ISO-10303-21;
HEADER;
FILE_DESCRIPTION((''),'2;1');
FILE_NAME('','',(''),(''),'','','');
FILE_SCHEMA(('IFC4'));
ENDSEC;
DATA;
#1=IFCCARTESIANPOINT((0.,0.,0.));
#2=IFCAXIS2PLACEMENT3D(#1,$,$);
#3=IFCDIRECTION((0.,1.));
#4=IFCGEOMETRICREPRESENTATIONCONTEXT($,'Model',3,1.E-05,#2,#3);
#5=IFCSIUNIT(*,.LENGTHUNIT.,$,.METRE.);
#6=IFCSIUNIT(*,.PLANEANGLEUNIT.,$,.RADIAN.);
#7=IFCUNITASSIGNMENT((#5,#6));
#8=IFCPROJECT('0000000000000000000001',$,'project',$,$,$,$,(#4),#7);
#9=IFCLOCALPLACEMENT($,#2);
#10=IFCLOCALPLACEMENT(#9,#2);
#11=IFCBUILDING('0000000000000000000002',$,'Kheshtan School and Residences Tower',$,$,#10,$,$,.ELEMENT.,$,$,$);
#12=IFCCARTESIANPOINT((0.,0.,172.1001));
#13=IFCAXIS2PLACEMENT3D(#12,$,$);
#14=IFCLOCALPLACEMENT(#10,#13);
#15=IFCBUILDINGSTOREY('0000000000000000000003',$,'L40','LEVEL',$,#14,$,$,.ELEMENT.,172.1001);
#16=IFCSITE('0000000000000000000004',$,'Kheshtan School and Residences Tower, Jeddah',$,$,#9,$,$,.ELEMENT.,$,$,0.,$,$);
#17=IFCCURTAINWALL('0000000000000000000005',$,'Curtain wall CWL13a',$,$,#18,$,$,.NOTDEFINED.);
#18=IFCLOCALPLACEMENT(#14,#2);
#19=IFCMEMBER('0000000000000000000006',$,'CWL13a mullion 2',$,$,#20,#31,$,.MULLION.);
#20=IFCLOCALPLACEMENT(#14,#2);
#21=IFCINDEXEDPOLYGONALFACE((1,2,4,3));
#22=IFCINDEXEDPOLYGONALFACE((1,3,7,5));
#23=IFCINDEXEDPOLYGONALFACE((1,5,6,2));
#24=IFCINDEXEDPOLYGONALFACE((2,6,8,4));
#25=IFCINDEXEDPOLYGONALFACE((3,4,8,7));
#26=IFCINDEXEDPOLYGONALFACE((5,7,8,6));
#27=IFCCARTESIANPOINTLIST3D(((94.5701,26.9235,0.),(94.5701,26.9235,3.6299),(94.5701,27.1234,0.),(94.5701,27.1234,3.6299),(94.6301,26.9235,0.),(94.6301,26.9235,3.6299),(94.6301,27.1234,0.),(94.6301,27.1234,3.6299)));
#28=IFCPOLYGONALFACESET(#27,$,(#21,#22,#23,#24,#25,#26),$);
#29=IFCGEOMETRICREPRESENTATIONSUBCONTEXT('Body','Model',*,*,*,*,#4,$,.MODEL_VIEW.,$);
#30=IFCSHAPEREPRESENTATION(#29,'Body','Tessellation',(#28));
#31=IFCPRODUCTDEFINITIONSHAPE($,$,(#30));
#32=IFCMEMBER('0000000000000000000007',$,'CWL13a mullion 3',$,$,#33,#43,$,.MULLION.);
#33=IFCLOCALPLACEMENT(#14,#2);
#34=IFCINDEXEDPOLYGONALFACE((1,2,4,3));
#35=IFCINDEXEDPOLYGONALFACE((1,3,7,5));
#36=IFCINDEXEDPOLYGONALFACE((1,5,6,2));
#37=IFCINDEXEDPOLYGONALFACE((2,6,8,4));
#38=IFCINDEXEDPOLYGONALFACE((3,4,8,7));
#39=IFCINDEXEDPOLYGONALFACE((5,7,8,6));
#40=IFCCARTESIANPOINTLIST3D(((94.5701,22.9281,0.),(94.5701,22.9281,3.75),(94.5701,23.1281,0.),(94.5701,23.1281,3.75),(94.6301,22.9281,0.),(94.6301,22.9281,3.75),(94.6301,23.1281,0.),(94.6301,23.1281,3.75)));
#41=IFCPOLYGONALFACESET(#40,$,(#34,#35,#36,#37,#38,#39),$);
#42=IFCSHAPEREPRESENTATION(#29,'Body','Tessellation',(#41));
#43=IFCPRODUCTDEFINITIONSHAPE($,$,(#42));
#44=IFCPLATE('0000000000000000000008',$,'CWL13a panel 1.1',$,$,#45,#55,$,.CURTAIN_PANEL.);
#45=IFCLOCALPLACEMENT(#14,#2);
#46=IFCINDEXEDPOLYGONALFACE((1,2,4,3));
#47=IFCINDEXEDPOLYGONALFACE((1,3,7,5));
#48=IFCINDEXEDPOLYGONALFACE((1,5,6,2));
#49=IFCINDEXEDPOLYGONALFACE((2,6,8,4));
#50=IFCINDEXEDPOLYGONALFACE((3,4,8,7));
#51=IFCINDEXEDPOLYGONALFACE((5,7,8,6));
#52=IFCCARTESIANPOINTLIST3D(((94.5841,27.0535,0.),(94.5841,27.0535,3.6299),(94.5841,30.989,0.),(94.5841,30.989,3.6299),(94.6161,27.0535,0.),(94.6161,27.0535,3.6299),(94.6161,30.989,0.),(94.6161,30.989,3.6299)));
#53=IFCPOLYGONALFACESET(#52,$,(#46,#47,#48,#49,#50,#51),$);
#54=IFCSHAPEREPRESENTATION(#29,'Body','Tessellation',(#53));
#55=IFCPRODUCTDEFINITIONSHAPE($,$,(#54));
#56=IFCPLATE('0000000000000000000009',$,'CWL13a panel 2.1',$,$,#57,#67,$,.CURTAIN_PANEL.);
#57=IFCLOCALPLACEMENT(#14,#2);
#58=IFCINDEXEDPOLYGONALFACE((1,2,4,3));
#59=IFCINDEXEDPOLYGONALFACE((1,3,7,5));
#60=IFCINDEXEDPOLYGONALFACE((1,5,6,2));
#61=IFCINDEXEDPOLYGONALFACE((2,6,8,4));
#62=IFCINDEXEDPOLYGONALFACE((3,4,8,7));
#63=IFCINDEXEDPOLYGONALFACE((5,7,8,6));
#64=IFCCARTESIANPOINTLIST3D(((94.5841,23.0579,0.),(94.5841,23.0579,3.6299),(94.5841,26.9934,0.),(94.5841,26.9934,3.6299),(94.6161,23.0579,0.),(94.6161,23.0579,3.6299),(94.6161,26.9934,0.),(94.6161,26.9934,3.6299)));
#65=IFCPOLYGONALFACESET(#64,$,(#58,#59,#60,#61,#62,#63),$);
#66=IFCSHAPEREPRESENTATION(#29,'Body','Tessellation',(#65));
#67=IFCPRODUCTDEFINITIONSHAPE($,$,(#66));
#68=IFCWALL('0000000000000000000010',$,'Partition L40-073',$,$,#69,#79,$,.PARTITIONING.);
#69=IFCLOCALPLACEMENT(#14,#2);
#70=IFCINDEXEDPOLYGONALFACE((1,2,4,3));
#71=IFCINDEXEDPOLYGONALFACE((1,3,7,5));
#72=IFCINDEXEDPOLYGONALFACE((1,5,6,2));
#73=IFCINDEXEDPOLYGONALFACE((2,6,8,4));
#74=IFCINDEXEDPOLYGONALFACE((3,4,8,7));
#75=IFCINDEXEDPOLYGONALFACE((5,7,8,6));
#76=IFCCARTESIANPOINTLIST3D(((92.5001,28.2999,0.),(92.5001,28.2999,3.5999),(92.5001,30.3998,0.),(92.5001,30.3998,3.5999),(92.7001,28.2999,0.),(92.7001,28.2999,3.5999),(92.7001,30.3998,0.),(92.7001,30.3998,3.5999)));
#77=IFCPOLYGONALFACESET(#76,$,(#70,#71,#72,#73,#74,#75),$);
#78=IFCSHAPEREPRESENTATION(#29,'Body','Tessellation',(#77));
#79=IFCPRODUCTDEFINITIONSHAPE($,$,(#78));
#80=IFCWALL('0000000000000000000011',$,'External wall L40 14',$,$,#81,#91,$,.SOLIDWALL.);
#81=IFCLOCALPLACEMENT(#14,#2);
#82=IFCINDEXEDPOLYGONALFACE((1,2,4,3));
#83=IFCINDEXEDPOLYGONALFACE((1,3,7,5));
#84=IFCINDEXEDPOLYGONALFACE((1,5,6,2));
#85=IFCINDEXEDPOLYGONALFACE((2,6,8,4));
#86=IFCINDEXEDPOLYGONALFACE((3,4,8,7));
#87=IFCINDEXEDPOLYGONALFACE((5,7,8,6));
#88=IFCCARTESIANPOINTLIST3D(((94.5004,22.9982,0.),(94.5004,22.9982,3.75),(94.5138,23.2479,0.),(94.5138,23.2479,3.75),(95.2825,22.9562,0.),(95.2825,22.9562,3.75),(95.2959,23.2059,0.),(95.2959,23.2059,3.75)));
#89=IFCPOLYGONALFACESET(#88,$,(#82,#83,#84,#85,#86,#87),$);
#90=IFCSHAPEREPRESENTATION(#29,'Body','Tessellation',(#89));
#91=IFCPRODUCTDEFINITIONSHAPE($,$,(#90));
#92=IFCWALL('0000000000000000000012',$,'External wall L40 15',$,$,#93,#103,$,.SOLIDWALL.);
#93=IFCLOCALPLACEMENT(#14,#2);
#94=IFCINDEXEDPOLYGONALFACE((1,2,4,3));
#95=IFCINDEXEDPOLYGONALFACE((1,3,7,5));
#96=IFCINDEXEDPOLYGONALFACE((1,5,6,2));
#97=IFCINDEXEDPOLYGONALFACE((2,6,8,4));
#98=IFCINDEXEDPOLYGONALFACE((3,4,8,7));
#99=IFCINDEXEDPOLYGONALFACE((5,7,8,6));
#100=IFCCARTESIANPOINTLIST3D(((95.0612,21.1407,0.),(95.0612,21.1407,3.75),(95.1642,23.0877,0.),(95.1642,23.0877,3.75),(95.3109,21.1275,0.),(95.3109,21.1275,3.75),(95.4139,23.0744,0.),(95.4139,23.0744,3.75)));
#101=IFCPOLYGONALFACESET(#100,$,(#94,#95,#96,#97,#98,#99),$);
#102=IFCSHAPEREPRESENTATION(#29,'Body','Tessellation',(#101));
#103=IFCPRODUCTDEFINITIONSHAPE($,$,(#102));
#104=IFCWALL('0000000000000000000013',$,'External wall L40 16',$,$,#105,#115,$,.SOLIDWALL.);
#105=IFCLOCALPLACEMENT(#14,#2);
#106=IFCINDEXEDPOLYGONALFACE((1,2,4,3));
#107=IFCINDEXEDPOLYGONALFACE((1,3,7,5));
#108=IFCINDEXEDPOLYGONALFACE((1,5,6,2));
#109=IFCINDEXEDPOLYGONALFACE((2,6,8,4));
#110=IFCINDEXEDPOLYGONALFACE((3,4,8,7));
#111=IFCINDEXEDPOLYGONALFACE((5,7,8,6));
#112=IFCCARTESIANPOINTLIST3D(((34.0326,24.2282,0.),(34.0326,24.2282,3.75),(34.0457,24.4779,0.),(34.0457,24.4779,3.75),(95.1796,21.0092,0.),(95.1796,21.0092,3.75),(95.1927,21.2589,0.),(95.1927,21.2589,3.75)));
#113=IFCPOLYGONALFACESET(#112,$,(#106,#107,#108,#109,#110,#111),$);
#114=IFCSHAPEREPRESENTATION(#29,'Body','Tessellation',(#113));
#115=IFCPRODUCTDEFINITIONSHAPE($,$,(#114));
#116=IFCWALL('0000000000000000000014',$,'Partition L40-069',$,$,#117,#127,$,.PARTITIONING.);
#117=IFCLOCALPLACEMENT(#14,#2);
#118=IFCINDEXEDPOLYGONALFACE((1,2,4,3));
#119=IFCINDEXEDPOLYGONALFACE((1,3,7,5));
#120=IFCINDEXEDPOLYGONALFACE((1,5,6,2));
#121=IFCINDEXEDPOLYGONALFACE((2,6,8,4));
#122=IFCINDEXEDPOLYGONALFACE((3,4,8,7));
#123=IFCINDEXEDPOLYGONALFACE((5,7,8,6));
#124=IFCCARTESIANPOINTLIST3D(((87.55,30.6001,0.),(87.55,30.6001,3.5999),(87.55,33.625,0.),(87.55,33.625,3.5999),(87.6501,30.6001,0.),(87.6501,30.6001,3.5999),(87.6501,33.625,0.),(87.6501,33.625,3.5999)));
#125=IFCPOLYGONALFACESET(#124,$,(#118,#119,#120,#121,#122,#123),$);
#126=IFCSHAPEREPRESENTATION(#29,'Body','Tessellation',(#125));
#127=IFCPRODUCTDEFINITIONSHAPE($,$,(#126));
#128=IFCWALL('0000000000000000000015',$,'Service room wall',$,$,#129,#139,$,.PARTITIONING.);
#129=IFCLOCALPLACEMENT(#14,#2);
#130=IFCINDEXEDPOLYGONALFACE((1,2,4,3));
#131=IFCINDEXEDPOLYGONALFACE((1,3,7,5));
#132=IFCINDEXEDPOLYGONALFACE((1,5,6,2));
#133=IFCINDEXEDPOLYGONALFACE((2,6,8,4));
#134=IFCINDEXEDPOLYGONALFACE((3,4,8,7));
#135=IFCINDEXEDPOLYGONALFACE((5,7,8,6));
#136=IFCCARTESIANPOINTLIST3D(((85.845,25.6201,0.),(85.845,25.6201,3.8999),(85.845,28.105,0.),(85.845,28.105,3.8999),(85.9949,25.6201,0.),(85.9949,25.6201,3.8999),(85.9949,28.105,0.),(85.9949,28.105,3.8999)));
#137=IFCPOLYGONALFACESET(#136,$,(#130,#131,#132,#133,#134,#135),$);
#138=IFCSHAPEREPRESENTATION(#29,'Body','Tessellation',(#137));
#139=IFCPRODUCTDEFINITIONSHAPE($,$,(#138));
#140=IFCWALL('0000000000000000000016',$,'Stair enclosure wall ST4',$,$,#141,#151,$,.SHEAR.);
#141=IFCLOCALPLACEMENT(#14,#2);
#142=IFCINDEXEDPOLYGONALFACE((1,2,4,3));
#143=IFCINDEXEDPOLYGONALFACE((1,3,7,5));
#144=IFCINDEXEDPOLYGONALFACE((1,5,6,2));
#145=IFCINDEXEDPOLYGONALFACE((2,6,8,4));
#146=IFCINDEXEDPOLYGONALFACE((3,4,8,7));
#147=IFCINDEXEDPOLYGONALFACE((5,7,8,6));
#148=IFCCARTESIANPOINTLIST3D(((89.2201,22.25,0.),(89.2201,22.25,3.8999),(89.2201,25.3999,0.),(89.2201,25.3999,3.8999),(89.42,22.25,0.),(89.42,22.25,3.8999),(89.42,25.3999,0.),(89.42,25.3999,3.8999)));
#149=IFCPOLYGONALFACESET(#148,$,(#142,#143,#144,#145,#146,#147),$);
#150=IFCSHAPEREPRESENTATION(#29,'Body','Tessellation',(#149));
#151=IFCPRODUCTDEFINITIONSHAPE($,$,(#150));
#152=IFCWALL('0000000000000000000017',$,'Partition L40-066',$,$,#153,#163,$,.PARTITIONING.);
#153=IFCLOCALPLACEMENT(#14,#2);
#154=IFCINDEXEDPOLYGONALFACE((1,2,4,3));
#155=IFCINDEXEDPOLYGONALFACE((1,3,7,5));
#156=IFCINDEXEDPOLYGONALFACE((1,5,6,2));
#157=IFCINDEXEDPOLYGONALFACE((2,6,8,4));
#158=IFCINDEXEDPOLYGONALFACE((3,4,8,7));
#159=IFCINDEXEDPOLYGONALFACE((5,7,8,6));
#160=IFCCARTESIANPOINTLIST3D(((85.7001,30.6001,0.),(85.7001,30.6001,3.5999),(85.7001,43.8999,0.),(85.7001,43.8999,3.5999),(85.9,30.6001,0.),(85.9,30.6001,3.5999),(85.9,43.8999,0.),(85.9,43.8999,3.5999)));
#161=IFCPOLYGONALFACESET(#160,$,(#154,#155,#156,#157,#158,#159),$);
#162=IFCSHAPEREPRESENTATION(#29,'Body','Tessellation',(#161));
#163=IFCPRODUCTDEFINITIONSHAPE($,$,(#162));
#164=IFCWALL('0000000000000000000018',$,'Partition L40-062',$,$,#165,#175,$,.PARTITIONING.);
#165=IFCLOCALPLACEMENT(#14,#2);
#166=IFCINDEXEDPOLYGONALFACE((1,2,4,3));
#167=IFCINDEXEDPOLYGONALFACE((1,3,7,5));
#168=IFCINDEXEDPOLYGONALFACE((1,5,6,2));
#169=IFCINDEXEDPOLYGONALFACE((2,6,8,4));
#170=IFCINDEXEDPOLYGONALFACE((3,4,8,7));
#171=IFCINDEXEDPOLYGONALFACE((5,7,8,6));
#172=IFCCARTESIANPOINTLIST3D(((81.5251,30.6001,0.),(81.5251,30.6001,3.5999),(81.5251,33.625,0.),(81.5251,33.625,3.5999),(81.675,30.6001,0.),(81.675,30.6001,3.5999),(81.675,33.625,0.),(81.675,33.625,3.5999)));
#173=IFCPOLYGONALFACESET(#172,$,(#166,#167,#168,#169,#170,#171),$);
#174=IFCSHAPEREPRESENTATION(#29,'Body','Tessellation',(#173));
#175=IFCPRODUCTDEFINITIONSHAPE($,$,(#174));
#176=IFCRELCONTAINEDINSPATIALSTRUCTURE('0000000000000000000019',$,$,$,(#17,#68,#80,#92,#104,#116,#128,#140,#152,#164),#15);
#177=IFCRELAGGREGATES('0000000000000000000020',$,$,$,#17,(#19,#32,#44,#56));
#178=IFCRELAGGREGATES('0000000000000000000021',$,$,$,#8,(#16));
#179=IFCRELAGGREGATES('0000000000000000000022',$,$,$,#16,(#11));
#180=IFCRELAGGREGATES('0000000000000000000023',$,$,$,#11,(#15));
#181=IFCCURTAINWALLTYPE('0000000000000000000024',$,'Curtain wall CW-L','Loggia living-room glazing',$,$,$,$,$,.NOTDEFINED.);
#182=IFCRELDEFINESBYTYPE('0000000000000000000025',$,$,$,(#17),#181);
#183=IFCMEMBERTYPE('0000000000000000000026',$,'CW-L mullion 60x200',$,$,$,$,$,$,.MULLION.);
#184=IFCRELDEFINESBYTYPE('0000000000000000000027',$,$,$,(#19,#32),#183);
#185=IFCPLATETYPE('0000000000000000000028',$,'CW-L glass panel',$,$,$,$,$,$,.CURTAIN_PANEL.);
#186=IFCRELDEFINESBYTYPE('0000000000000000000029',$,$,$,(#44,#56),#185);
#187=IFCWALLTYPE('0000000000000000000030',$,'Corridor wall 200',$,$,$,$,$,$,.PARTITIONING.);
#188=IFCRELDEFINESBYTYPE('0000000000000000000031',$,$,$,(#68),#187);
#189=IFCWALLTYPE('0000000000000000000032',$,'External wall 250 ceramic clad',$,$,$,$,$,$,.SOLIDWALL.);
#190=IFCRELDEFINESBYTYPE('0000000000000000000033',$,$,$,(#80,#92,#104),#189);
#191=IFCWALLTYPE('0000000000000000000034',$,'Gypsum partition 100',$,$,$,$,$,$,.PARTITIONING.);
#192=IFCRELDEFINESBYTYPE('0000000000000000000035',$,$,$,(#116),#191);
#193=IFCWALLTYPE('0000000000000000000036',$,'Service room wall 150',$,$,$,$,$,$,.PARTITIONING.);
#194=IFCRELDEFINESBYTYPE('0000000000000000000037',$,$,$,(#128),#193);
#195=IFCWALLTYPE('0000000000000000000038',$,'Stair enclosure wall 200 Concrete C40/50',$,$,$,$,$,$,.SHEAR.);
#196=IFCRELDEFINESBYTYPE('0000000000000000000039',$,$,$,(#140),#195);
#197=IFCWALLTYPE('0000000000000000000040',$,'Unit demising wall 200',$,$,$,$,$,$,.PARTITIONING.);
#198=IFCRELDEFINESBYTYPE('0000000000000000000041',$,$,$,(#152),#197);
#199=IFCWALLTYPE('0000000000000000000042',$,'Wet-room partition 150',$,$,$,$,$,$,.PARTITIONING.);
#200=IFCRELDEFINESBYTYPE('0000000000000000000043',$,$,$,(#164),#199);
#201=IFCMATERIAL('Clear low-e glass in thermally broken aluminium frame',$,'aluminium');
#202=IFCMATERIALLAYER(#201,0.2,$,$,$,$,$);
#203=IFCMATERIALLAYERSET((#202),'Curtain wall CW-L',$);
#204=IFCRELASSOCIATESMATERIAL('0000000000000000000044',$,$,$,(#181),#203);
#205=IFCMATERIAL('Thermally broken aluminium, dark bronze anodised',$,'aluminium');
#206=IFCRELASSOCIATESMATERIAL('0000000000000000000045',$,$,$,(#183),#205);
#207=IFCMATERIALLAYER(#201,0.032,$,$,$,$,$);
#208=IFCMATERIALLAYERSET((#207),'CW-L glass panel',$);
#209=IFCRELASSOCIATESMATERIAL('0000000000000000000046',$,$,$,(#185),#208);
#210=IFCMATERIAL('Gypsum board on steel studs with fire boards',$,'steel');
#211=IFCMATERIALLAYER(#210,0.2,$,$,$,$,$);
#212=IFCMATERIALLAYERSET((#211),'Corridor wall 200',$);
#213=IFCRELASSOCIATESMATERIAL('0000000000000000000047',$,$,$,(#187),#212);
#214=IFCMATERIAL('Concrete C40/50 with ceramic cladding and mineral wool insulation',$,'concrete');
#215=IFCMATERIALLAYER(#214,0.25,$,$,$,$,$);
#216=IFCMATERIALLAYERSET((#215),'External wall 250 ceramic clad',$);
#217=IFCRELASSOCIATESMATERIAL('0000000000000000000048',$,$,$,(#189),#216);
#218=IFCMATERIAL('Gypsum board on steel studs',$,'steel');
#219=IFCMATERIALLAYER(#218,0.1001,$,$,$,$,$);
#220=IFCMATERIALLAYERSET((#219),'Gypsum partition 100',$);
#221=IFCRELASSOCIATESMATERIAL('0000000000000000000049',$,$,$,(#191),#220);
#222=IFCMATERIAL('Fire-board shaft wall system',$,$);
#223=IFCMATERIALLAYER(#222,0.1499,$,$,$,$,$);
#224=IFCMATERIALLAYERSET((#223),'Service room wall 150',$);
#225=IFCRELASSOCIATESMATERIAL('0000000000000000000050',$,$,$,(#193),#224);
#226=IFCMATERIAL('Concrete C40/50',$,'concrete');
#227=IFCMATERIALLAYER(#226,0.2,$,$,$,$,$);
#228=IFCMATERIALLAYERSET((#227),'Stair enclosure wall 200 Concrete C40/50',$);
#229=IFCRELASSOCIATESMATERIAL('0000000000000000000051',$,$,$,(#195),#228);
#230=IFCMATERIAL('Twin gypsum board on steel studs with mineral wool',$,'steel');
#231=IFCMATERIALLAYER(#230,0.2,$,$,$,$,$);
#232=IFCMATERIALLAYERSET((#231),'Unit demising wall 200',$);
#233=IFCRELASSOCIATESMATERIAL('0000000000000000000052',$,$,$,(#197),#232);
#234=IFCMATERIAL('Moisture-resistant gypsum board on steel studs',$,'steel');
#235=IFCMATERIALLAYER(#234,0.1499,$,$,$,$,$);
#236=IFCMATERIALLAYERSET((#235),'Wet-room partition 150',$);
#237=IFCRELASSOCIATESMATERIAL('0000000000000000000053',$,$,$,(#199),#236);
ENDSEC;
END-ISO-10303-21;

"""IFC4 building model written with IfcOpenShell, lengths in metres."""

from ifc_helpers import new_model, si_unit, direction, frame, frame_2d, origin, origin_2d, place, context, subcontext, project, spatial, rectangle, extrude, material, layer, layer_set, material_profile, profile_set, type_object, element, aggregate, save


model = new_model("IFC4")

# Units and contexts
model_context = context("Model", 3, precision=1e-05, world=origin(), true_north=direction((0.0, 1.0)))
body_context = subcontext(model_context, "Body", "Model", "MODEL_VIEW")
ifc_project = project(units=[si_unit("LENGTHUNIT", "METRE"), si_unit("PLANEANGLEUNIT", "RADIAN")], contexts=[model_context])

# Site, building, storey
site_placement = place(None, origin())
site = spatial("IfcSite", under=ifc_project, at=site_placement, Name="Kheshtan School and Residences Tower, Jeddah", CompositionType="ELEMENT", RefElevation=0.0)
building_placement = place(site_placement, origin())
building = spatial("IfcBuilding", under=site, at=building_placement, Name="Kheshtan School and Residences Tower", CompositionType="ELEMENT")
storey_placement = place(building_placement, frame((0.0, 0.0, 172.1001)))
storey = spatial("IfcBuildingStorey", under=building, at=storey_placement, Name="L40", Description="LEVEL", CompositionType="ELEMENT", Elevation=172.1001)

# Curtain wall, members, plates
ifc_material_1 = material(Name="Clear low-e glass in thermally broken aluminium frame", Category="aluminium")
ifc_layer_1 = layer(ifc_material_1, 0.2)
ifc_layer_set_1 = layer_set([ifc_layer_1], Name="Curtain wall CW-L")
curtain_wall_type = type_object("IfcCurtainWallType", Name="Curtain wall CW-L", Description="Loggia living-room glazing", PredefinedType="NOTDEFINED", material=ifc_layer_set_1)
curtain_wall_placement = place(storey_placement, origin())
curtain_wall = element("IfcCurtainWall", 1, at=curtain_wall_placement, inside=storey, type_object=curtain_wall_type, Name="Curtain wall CWL13a", PredefinedType="NOTDEFINED")
ifc_material_2 = material(Name="Thermally broken aluminium, dark bronze anodised", Category="aluminium")
ifc_material_profile_1 = material_profile(ifc_material_2, rectangle(XDim=0.0601, YDim=0.2, at=origin_2d()), Name="CW-L mullion 60x200")
ifc_profile_set_1 = profile_set([ifc_material_profile_1], Name="Thermally broken aluminium, dark bronze anodised")
member_type = type_object("IfcMemberType", Name="CW-L mullion 60x200", PredefinedType="MULLION", material=ifc_profile_set_1)
member_1_placement = place(storey_placement, frame((94.6001, 27.0234, 0.0), z_axis=(0.0, 0.0, 1.0), x_axis=(1.0, 0.0, 0.0)))
member_1 = element("IfcMember", 2, at=member_1_placement, type_object=member_type, Name="CWL13a mullion 2", PredefinedType="MULLION", context=body_context, shape_type="SweptSolid", body=[
    extrude(rectangle(XDim=0.0601, YDim=0.2, at=origin_2d()), origin(), (0.0, 0.0, 1.0), 3.6299),
])
member_2_placement = place(storey_placement, frame((94.6001, 23.0281, 0.0), z_axis=(0.0, 0.0, 1.0), x_axis=(1.0, 0.0, 0.0)))
member_2 = element("IfcMember", 3, at=member_2_placement, type_object=member_type, Name="CWL13a mullion 3", PredefinedType="MULLION", context=body_context, shape_type="SweptSolid", body=[
    extrude(rectangle(XDim=0.0601, YDim=0.2, at=origin_2d()), origin(), (0.0, 0.0, 1.0), 3.75),
])
ifc_layer_2 = layer(ifc_material_1, 0.032)
ifc_layer_set_2 = layer_set([ifc_layer_2], Name="CW-L glass panel")
plate_type = type_object("IfcPlateType", Name="CW-L glass panel", PredefinedType="CURTAIN_PANEL", material=ifc_layer_set_2)
plate_1_placement = place(storey_placement, frame((94.6001, 29.0212, 0.0), z_axis=(0.0, 0.0, 1.0), x_axis=(0.0, -1.0, 0.0)))
plate_1 = element("IfcPlate", 4, at=plate_1_placement, type_object=plate_type, Name="CWL13a panel 1.1", PredefinedType="CURTAIN_PANEL", context=body_context, shape_type="SweptSolid", body=[
    extrude(rectangle(XDim=3.9355, YDim=0.032, at=origin_2d()), origin(), (0.0, 0.0, 1.0), 3.6299),
])
plate_2_placement = place(storey_placement, frame((94.6001, 25.0256, 0.0), z_axis=(0.0, 0.0, 1.0), x_axis=(0.0, -1.0, 0.0)))
plate_2 = element("IfcPlate", 5, at=plate_2_placement, type_object=plate_type, Name="CWL13a panel 2.1", PredefinedType="CURTAIN_PANEL", context=body_context, shape_type="SweptSolid", body=[
    extrude(rectangle(XDim=3.9355, YDim=0.032, at=origin_2d()), origin(), (0.0, 0.0, 1.0), 3.6299),
])
aggregate(curtain_wall, [member_1, member_2, plate_1, plate_2])

# Walls
ifc_material_3 = material(Name="Gypsum board on steel studs with fire boards", Category="steel")
ifc_layer_3 = layer(ifc_material_3, 0.2)
ifc_layer_set_3 = layer_set([ifc_layer_3], Name="Corridor wall 200")
wall_type_1 = type_object("IfcWallType", Name="Corridor wall 200", PredefinedType="PARTITIONING", material=ifc_layer_set_3)
wall_1_placement = place(storey_placement, frame((92.6001, 28.3, 0.0), z_axis=(0.0, 0.0, 1.0), x_axis=(0.0, 1.0, 0.0)))
element("IfcWall", 6, at=wall_1_placement, inside=storey, type_object=wall_type_1, Name="Partition L40-073", PredefinedType="PARTITIONING", context=body_context, shape_type="SweptSolid", body=[
    extrude(rectangle(XDim=2.0999, YDim=0.2, at=frame_2d((1.0498, 0.0))), origin(), (0.0, 0.0, 1.0), 3.5999),
])
ifc_material_4 = material(Name="Concrete C40/50 with ceramic cladding and mineral wool insulation", Category="concrete")
ifc_layer_4 = layer(ifc_material_4, 0.25)
ifc_layer_set_4 = layer_set([ifc_layer_4], Name="External wall 250 ceramic clad")
wall_type_2 = type_object("IfcWallType", Name="External wall 250 ceramic clad", PredefinedType="SOLIDWALL", material=ifc_layer_set_4)
wall_2_placement = place(storey_placement, frame((94.5071, 23.123, 0.0), z_axis=(0.0, 0.0, 1.0), x_axis=(0.998561, -0.053622, 0.0)))
element("IfcWall", 7, at=wall_2_placement, inside=storey, type_object=wall_type_2, Name="External wall L40 14", PredefinedType="SOLIDWALL", context=body_context, shape_type="SweptSolid", body=[
    extrude(rectangle(XDim=0.7832, YDim=0.25, at=frame_2d((0.3916, 0.0))), origin(), (0.0, 0.0, 1.0), 3.75),
])
wall_3_placement = place(storey_placement, frame((95.2891, 23.0811, 0.0), z_axis=(0.0, 0.0, 1.0), x_axis=(-0.052841, -0.998603, 0.0)))
element("IfcWall", 8, at=wall_3_placement, inside=storey, type_object=wall_type_2, Name="External wall L40 15", PredefinedType="SOLIDWALL", context=body_context, shape_type="SweptSolid", body=[
    extrude(rectangle(XDim=1.9497, YDim=0.25, at=frame_2d((0.9749, 0.0))), origin(), (0.0, 0.0, 1.0), 3.75),
])
wall_4_placement = place(storey_placement, frame((95.186, 21.134, 0.0), z_axis=(0.0, 0.0, 1.0), x_axis=(-0.998617, 0.052571, 0.0)))
element("IfcWall", 9, at=wall_4_placement, inside=storey, type_object=wall_type_2, Name="External wall L40 16", PredefinedType="SOLIDWALL", context=body_context, shape_type="SweptSolid", body=[
    extrude(rectangle(XDim=61.2317, YDim=0.25, at=frame_2d((30.6157, 0.0))), origin(), (0.0, 0.0, 1.0), 3.75),
])
ifc_material_5 = material(Name="Gypsum board on steel studs", Category="steel")
ifc_layer_5 = layer(ifc_material_5, 0.1001)
ifc_layer_set_5 = layer_set([ifc_layer_5], Name="Gypsum partition 100")
wall_type_3 = type_object("IfcWallType", Name="Gypsum partition 100", PredefinedType="PARTITIONING", material=ifc_layer_set_5)
wall_5_placement = place(storey_placement, frame((87.6001, 30.6001, 0.0), z_axis=(0.0, 0.0, 1.0), x_axis=(0.0, 1.0, 0.0)))
element("IfcWall", 10, at=wall_5_placement, inside=storey, type_object=wall_type_3, Name="Partition L40-069", PredefinedType="PARTITIONING", context=body_context, shape_type="SweptSolid", body=[
    extrude(rectangle(XDim=3.0249, YDim=0.1001, at=frame_2d((1.5125, 0.0))), origin(), (0.0, 0.0, 1.0), 3.5999),
])
ifc_material_6 = material(Name="Fire-board shaft wall system")
ifc_layer_6 = layer(ifc_material_6, 0.1499)
ifc_layer_set_6 = layer_set([ifc_layer_6], Name="Service room wall 150")
wall_type_4 = type_object("IfcWallType", Name="Service room wall 150", PredefinedType="PARTITIONING", material=ifc_layer_set_6)
wall_6_placement = place(storey_placement, frame((85.9199, 25.6201, 0.0), z_axis=(0.0, 0.0, 1.0), x_axis=(0.0, 1.0, 0.0)))
element("IfcWall", 11, at=wall_6_placement, inside=storey, type_object=wall_type_4, Name="Service room wall", PredefinedType="PARTITIONING", context=body_context, shape_type="SweptSolid", body=[
    extrude(rectangle(XDim=2.4849, YDim=0.1499, at=frame_2d((1.2424, 0.0))), origin(), (0.0, 0.0, 1.0), 3.8999),
])
ifc_material_7 = material(Name="Concrete C40/50", Category="concrete")
ifc_layer_7 = layer(ifc_material_7, 0.2)
ifc_layer_set_7 = layer_set([ifc_layer_7], Name="Stair enclosure wall 200 Concrete C40/50")
wall_type_5 = type_object("IfcWallType", Name="Stair enclosure wall 200 Concrete C40/50", PredefinedType="SHEAR", material=ifc_layer_set_7)
wall_7_placement = place(storey_placement, frame((89.3201, 22.25, 0.0), z_axis=(0.0, 0.0, 1.0), x_axis=(0.0, 1.0, 0.0)))
element("IfcWall", 12, at=wall_7_placement, inside=storey, type_object=wall_type_5, Name="Stair enclosure wall ST4", PredefinedType="SHEAR", context=body_context, shape_type="SweptSolid", body=[
    extrude(rectangle(XDim=3.1499, YDim=0.2, at=frame_2d((1.575, 0.0))), origin(), (0.0, 0.0, 1.0), 3.8999),
])
ifc_material_8 = material(Name="Twin gypsum board on steel studs with mineral wool", Category="steel")
ifc_layer_8 = layer(ifc_material_8, 0.2)
ifc_layer_set_8 = layer_set([ifc_layer_8], Name="Unit demising wall 200")
wall_type_6 = type_object("IfcWallType", Name="Unit demising wall 200", PredefinedType="PARTITIONING", material=ifc_layer_set_8)
wall_8_placement = place(storey_placement, frame((85.8, 30.6001, 0.0), z_axis=(0.0, 0.0, 1.0), x_axis=(0.0, 1.0, 0.0)))
element("IfcWall", 13, at=wall_8_placement, inside=storey, type_object=wall_type_6, Name="Partition L40-066", PredefinedType="PARTITIONING", context=body_context, shape_type="SweptSolid", body=[
    extrude(rectangle(XDim=13.2998, YDim=0.2, at=frame_2d((6.6499, 0.0))), origin(), (0.0, 0.0, 1.0), 3.5999),
])
ifc_material_9 = material(Name="Moisture-resistant gypsum board on steel studs", Category="steel")
ifc_layer_9 = layer(ifc_material_9, 0.1499)
ifc_layer_set_9 = layer_set([ifc_layer_9], Name="Wet-room partition 150")
wall_type_7 = type_object("IfcWallType", Name="Wet-room partition 150", PredefinedType="PARTITIONING", material=ifc_layer_set_9)
wall_9_placement = place(storey_placement, frame((81.6001, 30.6001, 0.0), z_axis=(0.0, 0.0, 1.0), x_axis=(0.0, 1.0, 0.0)))
element("IfcWall", 14, at=wall_9_placement, inside=storey, type_object=wall_type_7, Name="Partition L40-062", PredefinedType="PARTITIONING", context=body_context, shape_type="SweptSolid", body=[
    extrude(rectangle(XDim=3.0249, YDim=0.1499, at=frame_2d((1.5125, 0.0))), origin(), (0.0, 0.0, 1.0), 3.5999),
])

save(model, "model.ifc")
